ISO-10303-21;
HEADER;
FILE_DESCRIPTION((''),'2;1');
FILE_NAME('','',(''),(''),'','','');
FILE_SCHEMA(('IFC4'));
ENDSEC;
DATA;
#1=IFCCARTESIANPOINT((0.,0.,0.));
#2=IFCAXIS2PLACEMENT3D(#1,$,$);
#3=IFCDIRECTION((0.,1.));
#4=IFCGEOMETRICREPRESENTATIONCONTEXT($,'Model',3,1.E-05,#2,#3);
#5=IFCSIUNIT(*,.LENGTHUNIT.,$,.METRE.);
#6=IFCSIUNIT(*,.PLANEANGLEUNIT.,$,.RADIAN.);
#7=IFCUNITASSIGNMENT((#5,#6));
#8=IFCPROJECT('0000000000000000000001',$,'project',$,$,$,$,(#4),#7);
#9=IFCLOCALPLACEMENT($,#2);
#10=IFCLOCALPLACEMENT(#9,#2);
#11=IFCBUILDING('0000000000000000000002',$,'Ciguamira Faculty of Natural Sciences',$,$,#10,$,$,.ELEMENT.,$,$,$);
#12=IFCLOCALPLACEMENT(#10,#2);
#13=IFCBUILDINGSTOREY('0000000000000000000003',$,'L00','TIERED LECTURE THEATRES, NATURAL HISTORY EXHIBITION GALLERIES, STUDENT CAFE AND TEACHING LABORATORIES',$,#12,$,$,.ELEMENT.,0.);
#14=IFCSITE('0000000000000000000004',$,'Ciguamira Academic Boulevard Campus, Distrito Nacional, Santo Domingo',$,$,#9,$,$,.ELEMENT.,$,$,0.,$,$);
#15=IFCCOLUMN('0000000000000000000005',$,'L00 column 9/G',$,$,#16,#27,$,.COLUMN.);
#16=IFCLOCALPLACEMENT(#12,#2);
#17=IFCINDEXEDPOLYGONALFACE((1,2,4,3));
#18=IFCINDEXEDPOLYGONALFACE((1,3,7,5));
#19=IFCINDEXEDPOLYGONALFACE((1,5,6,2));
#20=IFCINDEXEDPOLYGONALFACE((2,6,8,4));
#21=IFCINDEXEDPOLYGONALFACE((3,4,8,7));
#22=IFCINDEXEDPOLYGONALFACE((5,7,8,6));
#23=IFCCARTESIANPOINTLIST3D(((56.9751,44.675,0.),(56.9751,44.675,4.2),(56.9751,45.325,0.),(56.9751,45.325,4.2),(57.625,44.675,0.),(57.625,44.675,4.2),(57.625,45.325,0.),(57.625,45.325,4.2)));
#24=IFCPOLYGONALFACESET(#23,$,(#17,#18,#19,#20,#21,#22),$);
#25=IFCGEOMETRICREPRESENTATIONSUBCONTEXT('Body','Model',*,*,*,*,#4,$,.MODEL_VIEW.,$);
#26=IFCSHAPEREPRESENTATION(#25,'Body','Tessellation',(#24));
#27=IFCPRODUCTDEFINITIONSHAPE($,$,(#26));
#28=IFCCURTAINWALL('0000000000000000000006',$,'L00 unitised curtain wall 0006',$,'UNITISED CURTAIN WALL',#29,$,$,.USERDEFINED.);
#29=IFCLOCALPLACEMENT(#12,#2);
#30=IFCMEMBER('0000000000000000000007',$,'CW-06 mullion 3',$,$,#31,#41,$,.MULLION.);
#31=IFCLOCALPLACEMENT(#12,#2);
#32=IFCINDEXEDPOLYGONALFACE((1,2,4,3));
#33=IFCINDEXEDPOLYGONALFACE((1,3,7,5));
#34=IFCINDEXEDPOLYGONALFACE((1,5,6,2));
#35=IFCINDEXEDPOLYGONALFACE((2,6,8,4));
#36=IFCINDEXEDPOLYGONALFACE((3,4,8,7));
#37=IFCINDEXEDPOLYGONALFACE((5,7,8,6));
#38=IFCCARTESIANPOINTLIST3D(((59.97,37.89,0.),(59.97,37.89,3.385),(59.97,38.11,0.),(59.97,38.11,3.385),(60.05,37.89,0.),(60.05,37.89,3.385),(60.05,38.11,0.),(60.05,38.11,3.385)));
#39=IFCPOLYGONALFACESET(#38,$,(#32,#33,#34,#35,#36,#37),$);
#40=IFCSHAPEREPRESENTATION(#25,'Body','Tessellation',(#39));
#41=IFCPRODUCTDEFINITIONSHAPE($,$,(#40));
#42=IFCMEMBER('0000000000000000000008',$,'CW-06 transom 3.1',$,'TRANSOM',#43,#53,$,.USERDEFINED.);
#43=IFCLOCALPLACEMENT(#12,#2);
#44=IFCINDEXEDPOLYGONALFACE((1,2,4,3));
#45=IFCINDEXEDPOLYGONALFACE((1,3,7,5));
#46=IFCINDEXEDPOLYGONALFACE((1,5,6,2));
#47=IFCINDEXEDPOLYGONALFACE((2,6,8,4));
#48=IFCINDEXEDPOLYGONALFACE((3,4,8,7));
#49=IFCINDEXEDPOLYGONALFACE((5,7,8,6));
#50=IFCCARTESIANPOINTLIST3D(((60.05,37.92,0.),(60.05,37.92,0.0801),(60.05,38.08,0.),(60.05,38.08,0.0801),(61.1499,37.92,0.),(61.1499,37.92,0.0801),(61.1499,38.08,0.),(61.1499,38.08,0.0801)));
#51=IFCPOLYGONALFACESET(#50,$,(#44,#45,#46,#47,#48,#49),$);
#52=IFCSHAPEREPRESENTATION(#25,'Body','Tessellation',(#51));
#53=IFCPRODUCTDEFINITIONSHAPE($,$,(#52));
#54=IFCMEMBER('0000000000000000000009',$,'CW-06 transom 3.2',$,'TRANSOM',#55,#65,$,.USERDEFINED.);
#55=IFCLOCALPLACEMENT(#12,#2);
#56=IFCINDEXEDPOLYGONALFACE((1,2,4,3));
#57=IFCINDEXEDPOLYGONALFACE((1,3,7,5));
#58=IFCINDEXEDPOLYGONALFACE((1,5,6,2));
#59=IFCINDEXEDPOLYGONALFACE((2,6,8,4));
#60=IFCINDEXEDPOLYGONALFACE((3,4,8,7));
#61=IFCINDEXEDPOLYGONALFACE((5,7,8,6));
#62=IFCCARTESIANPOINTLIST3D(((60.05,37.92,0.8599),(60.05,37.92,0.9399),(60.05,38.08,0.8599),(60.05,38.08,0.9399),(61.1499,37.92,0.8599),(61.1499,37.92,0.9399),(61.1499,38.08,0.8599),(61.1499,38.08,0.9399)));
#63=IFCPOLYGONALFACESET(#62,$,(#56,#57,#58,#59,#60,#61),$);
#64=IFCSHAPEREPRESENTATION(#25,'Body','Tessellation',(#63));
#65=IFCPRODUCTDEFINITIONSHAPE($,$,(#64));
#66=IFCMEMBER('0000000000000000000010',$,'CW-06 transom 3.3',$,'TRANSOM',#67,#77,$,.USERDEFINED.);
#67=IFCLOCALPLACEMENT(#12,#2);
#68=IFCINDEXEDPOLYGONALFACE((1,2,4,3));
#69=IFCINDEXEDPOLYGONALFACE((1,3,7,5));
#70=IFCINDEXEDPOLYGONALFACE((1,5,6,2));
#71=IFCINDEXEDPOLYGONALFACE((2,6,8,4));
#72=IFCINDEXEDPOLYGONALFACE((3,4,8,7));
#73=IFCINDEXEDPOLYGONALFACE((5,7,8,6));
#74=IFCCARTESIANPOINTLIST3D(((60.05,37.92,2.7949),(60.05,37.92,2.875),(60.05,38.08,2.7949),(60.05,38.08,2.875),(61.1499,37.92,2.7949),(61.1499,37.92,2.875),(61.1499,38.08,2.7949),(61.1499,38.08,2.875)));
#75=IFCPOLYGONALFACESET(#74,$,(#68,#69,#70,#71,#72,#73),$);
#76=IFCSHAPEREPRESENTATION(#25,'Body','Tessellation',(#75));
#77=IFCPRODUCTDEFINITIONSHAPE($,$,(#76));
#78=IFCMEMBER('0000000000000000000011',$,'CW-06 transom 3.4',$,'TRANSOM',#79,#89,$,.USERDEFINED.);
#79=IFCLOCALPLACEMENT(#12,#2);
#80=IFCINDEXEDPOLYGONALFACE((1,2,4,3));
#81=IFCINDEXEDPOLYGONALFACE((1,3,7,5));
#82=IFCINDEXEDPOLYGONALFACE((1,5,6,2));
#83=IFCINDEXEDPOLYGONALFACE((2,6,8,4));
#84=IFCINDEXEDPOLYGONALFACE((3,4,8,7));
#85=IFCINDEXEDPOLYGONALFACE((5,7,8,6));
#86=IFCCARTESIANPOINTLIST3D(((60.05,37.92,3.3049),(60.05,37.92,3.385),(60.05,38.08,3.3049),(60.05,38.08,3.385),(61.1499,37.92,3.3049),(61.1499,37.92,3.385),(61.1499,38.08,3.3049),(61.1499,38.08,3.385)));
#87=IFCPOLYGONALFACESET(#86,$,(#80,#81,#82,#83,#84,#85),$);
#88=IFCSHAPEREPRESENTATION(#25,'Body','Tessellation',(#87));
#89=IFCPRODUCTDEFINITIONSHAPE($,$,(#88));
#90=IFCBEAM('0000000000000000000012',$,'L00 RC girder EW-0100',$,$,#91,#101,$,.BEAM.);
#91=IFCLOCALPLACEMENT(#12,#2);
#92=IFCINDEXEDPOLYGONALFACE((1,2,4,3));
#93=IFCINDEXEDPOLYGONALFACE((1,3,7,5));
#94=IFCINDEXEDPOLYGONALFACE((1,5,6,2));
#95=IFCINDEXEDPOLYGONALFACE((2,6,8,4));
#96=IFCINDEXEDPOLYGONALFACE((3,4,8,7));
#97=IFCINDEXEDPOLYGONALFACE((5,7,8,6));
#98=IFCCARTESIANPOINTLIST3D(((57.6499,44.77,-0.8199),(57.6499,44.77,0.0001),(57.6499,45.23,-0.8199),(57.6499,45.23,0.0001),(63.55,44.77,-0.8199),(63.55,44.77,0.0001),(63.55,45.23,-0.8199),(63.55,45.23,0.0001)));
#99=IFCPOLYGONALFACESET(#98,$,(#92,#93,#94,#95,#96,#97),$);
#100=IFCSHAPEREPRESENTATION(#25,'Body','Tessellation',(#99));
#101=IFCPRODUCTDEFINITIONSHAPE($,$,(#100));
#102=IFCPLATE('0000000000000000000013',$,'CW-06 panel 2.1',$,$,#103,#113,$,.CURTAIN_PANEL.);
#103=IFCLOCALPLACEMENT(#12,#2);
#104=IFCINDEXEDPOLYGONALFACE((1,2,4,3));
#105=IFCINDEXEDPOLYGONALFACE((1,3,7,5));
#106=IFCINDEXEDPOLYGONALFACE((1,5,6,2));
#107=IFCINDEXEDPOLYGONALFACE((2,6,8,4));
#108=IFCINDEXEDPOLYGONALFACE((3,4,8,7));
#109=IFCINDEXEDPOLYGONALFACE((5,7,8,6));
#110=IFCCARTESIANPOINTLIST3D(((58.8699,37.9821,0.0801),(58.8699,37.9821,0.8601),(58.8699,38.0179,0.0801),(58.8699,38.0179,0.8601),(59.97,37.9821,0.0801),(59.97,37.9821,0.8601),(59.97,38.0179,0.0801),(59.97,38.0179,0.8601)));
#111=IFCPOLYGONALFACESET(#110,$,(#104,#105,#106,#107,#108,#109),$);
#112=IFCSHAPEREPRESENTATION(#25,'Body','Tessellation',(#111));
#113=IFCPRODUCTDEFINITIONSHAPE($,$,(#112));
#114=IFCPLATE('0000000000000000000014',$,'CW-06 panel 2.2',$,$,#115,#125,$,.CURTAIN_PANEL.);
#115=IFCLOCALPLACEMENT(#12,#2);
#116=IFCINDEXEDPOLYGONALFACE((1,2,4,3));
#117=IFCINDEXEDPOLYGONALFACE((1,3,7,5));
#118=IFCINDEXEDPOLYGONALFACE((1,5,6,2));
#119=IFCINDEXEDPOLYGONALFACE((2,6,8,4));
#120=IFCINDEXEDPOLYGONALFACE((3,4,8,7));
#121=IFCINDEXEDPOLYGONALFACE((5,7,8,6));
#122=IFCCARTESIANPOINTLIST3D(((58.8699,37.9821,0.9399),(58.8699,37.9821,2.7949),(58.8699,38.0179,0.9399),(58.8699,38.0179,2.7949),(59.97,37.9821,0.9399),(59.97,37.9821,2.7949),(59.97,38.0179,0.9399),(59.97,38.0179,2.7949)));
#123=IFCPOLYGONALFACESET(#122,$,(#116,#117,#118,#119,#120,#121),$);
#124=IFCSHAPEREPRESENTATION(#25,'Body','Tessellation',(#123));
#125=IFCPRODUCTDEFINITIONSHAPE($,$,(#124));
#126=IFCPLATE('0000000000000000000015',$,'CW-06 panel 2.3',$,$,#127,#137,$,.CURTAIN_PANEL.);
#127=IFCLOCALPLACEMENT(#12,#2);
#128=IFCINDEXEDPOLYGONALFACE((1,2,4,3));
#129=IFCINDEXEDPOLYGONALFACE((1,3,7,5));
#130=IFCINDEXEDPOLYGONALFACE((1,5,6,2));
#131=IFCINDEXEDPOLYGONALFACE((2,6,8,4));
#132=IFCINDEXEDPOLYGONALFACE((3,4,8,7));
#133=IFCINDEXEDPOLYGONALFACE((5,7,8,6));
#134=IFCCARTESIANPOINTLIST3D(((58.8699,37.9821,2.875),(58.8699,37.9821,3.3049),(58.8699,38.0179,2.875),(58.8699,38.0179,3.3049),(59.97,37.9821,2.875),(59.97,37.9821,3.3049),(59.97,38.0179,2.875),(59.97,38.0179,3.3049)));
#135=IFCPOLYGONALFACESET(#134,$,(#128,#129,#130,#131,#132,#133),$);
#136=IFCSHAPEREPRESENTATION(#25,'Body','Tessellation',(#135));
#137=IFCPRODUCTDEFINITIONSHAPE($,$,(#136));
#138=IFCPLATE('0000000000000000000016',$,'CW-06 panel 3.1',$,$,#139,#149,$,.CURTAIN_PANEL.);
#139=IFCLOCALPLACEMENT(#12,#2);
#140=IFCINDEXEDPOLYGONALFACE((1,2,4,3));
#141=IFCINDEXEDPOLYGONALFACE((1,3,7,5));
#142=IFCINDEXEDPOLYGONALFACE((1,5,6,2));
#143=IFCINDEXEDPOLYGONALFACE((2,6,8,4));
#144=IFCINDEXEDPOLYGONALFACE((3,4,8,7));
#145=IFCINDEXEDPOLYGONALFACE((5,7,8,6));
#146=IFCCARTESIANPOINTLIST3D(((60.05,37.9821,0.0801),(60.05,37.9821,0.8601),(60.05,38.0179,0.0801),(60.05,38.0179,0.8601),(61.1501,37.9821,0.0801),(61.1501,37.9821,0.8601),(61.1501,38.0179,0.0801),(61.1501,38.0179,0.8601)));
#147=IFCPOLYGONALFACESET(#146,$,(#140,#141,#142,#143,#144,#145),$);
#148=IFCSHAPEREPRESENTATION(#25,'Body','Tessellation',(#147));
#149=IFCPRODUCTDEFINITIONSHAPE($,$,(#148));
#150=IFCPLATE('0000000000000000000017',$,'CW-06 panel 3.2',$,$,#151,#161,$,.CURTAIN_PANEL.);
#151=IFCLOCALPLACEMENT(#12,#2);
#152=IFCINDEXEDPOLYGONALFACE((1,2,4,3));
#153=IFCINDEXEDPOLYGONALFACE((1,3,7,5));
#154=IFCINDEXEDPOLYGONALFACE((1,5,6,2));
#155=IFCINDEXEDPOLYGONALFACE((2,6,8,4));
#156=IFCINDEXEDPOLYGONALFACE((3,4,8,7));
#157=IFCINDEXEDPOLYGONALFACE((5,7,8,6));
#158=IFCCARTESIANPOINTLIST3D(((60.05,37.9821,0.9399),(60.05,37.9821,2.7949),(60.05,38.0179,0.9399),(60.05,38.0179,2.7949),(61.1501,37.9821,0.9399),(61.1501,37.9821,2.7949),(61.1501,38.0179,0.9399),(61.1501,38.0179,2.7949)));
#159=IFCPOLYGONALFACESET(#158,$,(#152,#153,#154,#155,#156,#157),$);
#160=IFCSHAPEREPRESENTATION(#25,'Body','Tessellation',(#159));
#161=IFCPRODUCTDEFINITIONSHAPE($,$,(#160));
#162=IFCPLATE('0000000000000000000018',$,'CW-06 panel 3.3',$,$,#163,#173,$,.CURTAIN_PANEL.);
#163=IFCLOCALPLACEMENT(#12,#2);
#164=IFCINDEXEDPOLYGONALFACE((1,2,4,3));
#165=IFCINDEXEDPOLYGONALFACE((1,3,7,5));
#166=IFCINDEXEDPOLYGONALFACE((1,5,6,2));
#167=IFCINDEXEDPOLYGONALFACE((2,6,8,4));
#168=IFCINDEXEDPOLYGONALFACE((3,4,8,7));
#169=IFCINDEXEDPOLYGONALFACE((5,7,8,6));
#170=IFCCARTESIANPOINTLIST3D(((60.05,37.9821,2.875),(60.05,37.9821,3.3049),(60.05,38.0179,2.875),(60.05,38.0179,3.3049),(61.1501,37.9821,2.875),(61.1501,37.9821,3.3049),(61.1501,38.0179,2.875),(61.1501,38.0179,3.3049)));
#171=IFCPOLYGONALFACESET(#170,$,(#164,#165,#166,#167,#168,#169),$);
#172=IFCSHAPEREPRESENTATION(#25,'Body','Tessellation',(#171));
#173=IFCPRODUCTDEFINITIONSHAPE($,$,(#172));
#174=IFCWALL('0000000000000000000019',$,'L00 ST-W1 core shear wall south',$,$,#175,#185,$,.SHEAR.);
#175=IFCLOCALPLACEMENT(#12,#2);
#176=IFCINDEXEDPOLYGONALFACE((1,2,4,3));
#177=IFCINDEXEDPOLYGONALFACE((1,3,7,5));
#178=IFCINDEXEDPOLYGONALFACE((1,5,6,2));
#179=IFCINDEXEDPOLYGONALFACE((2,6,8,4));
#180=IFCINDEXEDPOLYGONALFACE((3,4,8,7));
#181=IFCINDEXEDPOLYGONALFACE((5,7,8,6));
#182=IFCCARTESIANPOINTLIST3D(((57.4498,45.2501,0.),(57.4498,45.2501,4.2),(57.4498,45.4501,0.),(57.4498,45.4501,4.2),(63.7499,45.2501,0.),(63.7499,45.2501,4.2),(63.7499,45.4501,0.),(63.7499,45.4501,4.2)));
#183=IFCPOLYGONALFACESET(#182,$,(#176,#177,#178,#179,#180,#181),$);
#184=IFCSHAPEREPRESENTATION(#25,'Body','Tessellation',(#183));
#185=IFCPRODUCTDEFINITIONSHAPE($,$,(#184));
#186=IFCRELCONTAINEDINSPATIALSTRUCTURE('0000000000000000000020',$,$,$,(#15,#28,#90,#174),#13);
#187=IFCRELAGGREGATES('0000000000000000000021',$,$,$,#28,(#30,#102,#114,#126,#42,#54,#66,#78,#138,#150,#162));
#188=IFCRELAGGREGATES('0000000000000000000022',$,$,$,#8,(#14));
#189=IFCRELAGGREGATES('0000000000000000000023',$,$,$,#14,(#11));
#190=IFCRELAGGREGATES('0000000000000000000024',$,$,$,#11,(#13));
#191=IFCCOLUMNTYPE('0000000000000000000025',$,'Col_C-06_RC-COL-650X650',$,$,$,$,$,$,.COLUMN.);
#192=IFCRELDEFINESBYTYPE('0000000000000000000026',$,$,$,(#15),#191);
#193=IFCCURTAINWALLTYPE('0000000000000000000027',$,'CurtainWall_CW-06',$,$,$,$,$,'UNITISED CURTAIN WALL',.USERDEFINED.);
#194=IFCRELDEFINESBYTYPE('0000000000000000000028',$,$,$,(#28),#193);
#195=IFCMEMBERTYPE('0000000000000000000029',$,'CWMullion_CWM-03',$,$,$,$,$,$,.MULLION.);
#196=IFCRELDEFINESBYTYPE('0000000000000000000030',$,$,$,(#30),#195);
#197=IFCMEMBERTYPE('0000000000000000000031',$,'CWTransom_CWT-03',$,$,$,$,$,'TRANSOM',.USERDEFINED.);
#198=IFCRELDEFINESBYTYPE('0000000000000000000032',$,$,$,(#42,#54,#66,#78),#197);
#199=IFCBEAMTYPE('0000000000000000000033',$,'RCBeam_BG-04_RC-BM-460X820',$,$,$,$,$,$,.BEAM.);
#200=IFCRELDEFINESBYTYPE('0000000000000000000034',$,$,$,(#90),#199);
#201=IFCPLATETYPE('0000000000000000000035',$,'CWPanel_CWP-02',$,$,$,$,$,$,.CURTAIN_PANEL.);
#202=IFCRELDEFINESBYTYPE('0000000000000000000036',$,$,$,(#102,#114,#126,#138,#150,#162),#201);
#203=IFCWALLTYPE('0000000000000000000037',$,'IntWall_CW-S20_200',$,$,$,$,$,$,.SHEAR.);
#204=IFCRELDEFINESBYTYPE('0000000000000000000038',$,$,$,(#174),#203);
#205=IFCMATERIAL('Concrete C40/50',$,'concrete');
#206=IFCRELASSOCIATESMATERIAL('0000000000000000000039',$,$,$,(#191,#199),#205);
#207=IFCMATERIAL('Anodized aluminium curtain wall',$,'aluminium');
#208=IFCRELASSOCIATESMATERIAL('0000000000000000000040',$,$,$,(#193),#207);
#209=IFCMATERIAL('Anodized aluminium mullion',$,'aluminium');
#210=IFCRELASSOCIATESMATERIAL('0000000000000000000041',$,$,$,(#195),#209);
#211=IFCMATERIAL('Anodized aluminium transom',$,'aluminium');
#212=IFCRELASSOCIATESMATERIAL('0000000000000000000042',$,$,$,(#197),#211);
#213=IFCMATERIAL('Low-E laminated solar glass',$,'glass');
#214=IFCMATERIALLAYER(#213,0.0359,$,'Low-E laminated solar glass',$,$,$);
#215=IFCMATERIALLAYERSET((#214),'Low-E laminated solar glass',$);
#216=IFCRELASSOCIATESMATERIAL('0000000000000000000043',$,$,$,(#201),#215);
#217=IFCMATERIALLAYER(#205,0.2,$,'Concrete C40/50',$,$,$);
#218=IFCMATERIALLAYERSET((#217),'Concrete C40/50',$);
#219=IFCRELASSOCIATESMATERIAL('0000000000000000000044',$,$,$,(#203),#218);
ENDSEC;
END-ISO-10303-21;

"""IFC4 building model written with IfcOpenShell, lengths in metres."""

from ifc_helpers import new_model, si_unit, direction, frame, frame_2d, origin, origin_2d, place, context, subcontext, project, spatial, rectangle, extrude, material, layer, layer_set, material_profile, profile_set, type_object, element, aggregate, save


model = new_model("IFC4")

# Units and contexts
model_context = context("Model", 3, precision=1e-05, world=origin(), true_north=direction((0.0, 1.0)))
body_context = subcontext(model_context, "Body", "Model", "MODEL_VIEW")
ifc_project = project(units=[si_unit("LENGTHUNIT", "METRE"), si_unit("PLANEANGLEUNIT", "RADIAN")], contexts=[model_context])

# Site, building, storey
site_placement = place(None, origin())
site = spatial("IfcSite", under=ifc_project, at=site_placement, Name="Ciguamira Academic Boulevard Campus, Distrito Nacional, Santo Domingo", CompositionType="ELEMENT", RefElevation=0.0)
building_placement = place(site_placement, origin())
building = spatial("IfcBuilding", under=site, at=building_placement, Name="Ciguamira Faculty of Natural Sciences", CompositionType="ELEMENT")
storey_placement = place(building_placement, origin())
storey = spatial("IfcBuildingStorey", under=building, at=storey_placement, Name="L00", Description="TIERED LECTURE THEATRES, NATURAL HISTORY EXHIBITION GALLERIES, STUDENT CAFE AND TEACHING LABORATORIES", CompositionType="ELEMENT", Elevation=0.0)

# Column
ifc_material_1 = material(Name="Concrete C40/50", Category="concrete")
ifc_material_profile_1 = material_profile(ifc_material_1, rectangle(XDim=0.6499, YDim=0.6499, at=origin_2d()), Name="RC-COL-650X650")
ifc_profile_set_1 = profile_set([ifc_material_profile_1], Name="Concrete C40/50")
column_type = type_object("IfcColumnType", Name="Col_C-06_RC-COL-650X650", PredefinedType="COLUMN", material=ifc_profile_set_1)
column_placement = place(storey_placement, frame((57.3, 45.0, 0.0), z_axis=(0.0, 0.0, 1.0), x_axis=(1.0, 0.0, 0.0)))
element("IfcColumn", 1, at=column_placement, inside=storey, type_object=column_type, Name="L00 column 9/G", PredefinedType="COLUMN", context=body_context, shape_type="SweptSolid", body=[
    extrude(rectangle(XDim=0.6499, YDim=0.6499, at=origin_2d()), origin(), (0.0, 0.0, 1.0), 4.2),
])

# Curtain wall, members
ifc_material_2 = material(Name="Anodized aluminium curtain wall", Category="aluminium")
curtain_wall_type = type_object("IfcCurtainWallType", Name="CurtainWall_CW-06", ElementType="UNITISED CURTAIN WALL", PredefinedType="USERDEFINED", material=ifc_material_2)
curtain_wall_placement = place(storey_placement, origin())
curtain_wall = element("IfcCurtainWall", 2, at=curtain_wall_placement, inside=storey, type_object=curtain_wall_type, Name="L00 unitised curtain wall 0006", ObjectType="UNITISED CURTAIN WALL", PredefinedType="USERDEFINED")
ifc_material_3 = material(Name="Anodized aluminium mullion", Category="aluminium")
ifc_material_profile_2 = material_profile(ifc_material_3, rectangle(XDim=0.0801, YDim=0.22, at=origin_2d()), Name="ALU-MUL-80X220")
ifc_profile_set_2 = profile_set([ifc_material_profile_2], Name="Anodized aluminium mullion")
member_type_1 = type_object("IfcMemberType", Name="CWMullion_CWM-03", PredefinedType="MULLION", material=ifc_profile_set_2)
member_1_placement = place(storey_placement, frame((60.01, 38.0, 0.0), z_axis=(0.0, 0.0, 1.0), x_axis=(1.0, 0.0, 0.0)))
member_1 = element("IfcMember", 3, at=member_1_placement, type_object=member_type_1, Name="CW-06 mullion 3", PredefinedType="MULLION", context=body_context, shape_type="SweptSolid", body=[
    extrude(rectangle(XDim=0.0801, YDim=0.22, at=origin_2d()), origin(), (0.0, 0.0, 1.0), 3.385),
])
ifc_material_4 = material(Name="Anodized aluminium transom", Category="aluminium")
ifc_material_profile_3 = material_profile(ifc_material_4, rectangle(XDim=0.0801, YDim=0.1599, at=origin_2d()), Name="ALU-TRN-80X160")
ifc_profile_set_3 = profile_set([ifc_material_profile_3], Name="Anodized aluminium transom")
member_type_2 = type_object("IfcMemberType", Name="CWTransom_CWT-03", ElementType="TRANSOM", PredefinedType="USERDEFINED", material=ifc_profile_set_3)
member_2_placement = place(storey_placement, frame((60.05, 38.0, 0.04), z_axis=(1.0, 0.0, 0.0), x_axis=(0.0, 0.0, 1.0)))
member_2 = element("IfcMember", 4, at=member_2_placement, type_object=member_type_2, Name="CW-06 transom 3.1", ObjectType="TRANSOM", PredefinedType="USERDEFINED", context=body_context, shape_type="SweptSolid", body=[
    extrude(rectangle(XDim=0.0801, YDim=0.1599, at=origin_2d()), origin(), (0.0, 0.0, 1.0), 1.0999),
])
member_3_placement = place(storey_placement, frame((60.05, 38.0, 0.8999), z_axis=(1.0, 0.0, 0.0), x_axis=(0.0, 0.0, 1.0)))
member_3 = element("IfcMember", 5, at=member_3_placement, type_object=member_type_2, Name="CW-06 transom 3.2", ObjectType="TRANSOM", PredefinedType="USERDEFINED", context=body_context, shape_type="SweptSolid", body=[
    extrude(rectangle(XDim=0.0801, YDim=0.1599, at=origin_2d()), origin(), (0.0, 0.0, 1.0), 1.0999),
])
member_4_placement = place(storey_placement, frame((60.05, 38.0, 2.835), z_axis=(1.0, 0.0, 0.0), x_axis=(0.0, 0.0, 1.0)))
member_4 = element("IfcMember", 6, at=member_4_placement, type_object=member_type_2, Name="CW-06 transom 3.3", ObjectType="TRANSOM", PredefinedType="USERDEFINED", context=body_context, shape_type="SweptSolid", body=[
    extrude(rectangle(XDim=0.0801, YDim=0.1599, at=origin_2d()), origin(), (0.0, 0.0, 1.0), 1.0999),
])
member_5_placement = place(storey_placement, frame((60.05, 38.0, 3.345), z_axis=(1.0, 0.0, 0.0), x_axis=(0.0, 0.0, 1.0)))
member_5 = element("IfcMember", 7, at=member_5_placement, type_object=member_type_2, Name="CW-06 transom 3.4", ObjectType="TRANSOM", PredefinedType="USERDEFINED", context=body_context, shape_type="SweptSolid", body=[
    extrude(rectangle(XDim=0.0801, YDim=0.1599, at=origin_2d()), origin(), (0.0, 0.0, 1.0), 1.0999),
])

# Beam
ifc_material_profile_4 = material_profile(ifc_material_1, rectangle(XDim=0.46, YDim=0.8201, at=origin_2d()), Name="RC-BM-460X820")
ifc_profile_set_4 = profile_set([ifc_material_profile_4], Name="Concrete C40/50")
beam_type = type_object("IfcBeamType", Name="RCBeam_BG-04_RC-BM-460X820", PredefinedType="BEAM", material=ifc_profile_set_4)
beam_placement = place(storey_placement, frame((57.6499, 45.0, -0.4099), z_axis=(1.0, 0.0, 0.0), x_axis=(0.0, 1.0, 0.0)))
element("IfcBeam", 8, at=beam_placement, inside=storey, type_object=beam_type, Name="L00 RC girder EW-0100", PredefinedType="BEAM", context=body_context, shape_type="SweptSolid", body=[
    extrude(rectangle(XDim=0.46, YDim=0.8201, at=origin_2d()), origin(), (0.0, 0.0, 1.0), 5.9001),
])

# Plates
ifc_material_5 = material(Name="Low-E laminated solar glass", Category="glass")
ifc_layer_1 = layer(ifc_material_5, 0.0359, Name="Low-E laminated solar glass")
ifc_layer_set_1 = layer_set([ifc_layer_1], Name="Low-E laminated solar glass")
plate_type = type_object("IfcPlateType", Name="CWPanel_CWP-02", PredefinedType="CURTAIN_PANEL", material=ifc_layer_set_1)
plate_1_placement = place(storey_placement, frame((59.4199, 38.0, 0.0801), z_axis=(0.0, 0.0, 1.0), x_axis=(1.0, 0.0, 0.0)))
plate_1 = element("IfcPlate", 9, at=plate_1_placement, type_object=plate_type, Name="CW-06 panel 2.1", PredefinedType="CURTAIN_PANEL", context=body_context, shape_type="SweptSolid", body=[
    extrude(rectangle(XDim=1.1001, YDim=0.0359, at=origin_2d()), origin(), (0.0, 0.0, 1.0), 0.78),
])
plate_2_placement = place(storey_placement, frame((59.4199, 38.0, 0.9399), z_axis=(0.0, 0.0, 1.0), x_axis=(1.0, 0.0, 0.0)))
plate_2 = element("IfcPlate", 10, at=plate_2_placement, type_object=plate_type, Name="CW-06 panel 2.2", PredefinedType="CURTAIN_PANEL", context=body_context, shape_type="SweptSolid", body=[
    extrude(rectangle(XDim=1.1001, YDim=0.0359, at=origin_2d()), origin(), (0.0, 0.0, 1.0), 1.855),
])
plate_3_placement = place(storey_placement, frame((59.4199, 38.0, 2.875), z_axis=(0.0, 0.0, 1.0), x_axis=(1.0, 0.0, 0.0)))
plate_3 = element("IfcPlate", 11, at=plate_3_placement, type_object=plate_type, Name="CW-06 panel 2.3", PredefinedType="CURTAIN_PANEL", context=body_context, shape_type="SweptSolid", body=[
    extrude(rectangle(XDim=1.1001, YDim=0.0359, at=origin_2d()), origin(), (0.0, 0.0, 1.0), 0.4299),
])
plate_4_placement = place(storey_placement, frame((60.6001, 38.0, 0.0801), z_axis=(0.0, 0.0, 1.0), x_axis=(1.0, 0.0, 0.0)))
plate_4 = element("IfcPlate", 12, at=plate_4_placement, type_object=plate_type, Name="CW-06 panel 3.1", PredefinedType="CURTAIN_PANEL", context=body_context, shape_type="SweptSolid", body=[
    extrude(rectangle(XDim=1.1001, YDim=0.0359, at=origin_2d()), origin(), (0.0, 0.0, 1.0), 0.78),
])
plate_5_placement = place(storey_placement, frame((60.6001, 38.0, 0.9399), z_axis=(0.0, 0.0, 1.0), x_axis=(1.0, 0.0, 0.0)))
plate_5 = element("IfcPlate", 13, at=plate_5_placement, type_object=plate_type, Name="CW-06 panel 3.2", PredefinedType="CURTAIN_PANEL", context=body_context, shape_type="SweptSolid", body=[
    extrude(rectangle(XDim=1.1001, YDim=0.0359, at=origin_2d()), origin(), (0.0, 0.0, 1.0), 1.855),
])
plate_6_placement = place(storey_placement, frame((60.6001, 38.0, 2.875), z_axis=(0.0, 0.0, 1.0), x_axis=(1.0, 0.0, 0.0)))
plate_6 = element("IfcPlate", 14, at=plate_6_placement, type_object=plate_type, Name="CW-06 panel 3.3", PredefinedType="CURTAIN_PANEL", context=body_context, shape_type="SweptSolid", body=[
    extrude(rectangle(XDim=1.1001, YDim=0.0359, at=origin_2d()), origin(), (0.0, 0.0, 1.0), 0.4299),
])
aggregate(curtain_wall, [member_1, plate_1, plate_2, plate_3, member_2, member_3, member_4, member_5, plate_4, plate_5, plate_6])

# Wall
ifc_layer_2 = layer(ifc_material_1, 0.2, Name="Concrete C40/50")
ifc_layer_set_2 = layer_set([ifc_layer_2], Name="Concrete C40/50")
wall_type = type_object("IfcWallType", Name="IntWall_CW-S20_200", PredefinedType="SHEAR", material=ifc_layer_set_2)
wall_1_placement = place(storey_placement, frame((57.45, 45.3501, 0.0), z_axis=(0.0, 0.0, 1.0), x_axis=(1.0, 0.0, 0.0)))
element("IfcWall", 15, at=wall_1_placement, inside=storey, type_object=wall_type, Name="L00 ST-W1 core shear wall south", PredefinedType="SHEAR", context=body_context, shape_type="SweptSolid", body=[
    extrude(rectangle(XDim=6.3, YDim=0.2, at=frame_2d((3.1499, 0.0))), origin(), (0.0, 0.0, 1.0), 4.2),
])

save(model, "model.ifc")
